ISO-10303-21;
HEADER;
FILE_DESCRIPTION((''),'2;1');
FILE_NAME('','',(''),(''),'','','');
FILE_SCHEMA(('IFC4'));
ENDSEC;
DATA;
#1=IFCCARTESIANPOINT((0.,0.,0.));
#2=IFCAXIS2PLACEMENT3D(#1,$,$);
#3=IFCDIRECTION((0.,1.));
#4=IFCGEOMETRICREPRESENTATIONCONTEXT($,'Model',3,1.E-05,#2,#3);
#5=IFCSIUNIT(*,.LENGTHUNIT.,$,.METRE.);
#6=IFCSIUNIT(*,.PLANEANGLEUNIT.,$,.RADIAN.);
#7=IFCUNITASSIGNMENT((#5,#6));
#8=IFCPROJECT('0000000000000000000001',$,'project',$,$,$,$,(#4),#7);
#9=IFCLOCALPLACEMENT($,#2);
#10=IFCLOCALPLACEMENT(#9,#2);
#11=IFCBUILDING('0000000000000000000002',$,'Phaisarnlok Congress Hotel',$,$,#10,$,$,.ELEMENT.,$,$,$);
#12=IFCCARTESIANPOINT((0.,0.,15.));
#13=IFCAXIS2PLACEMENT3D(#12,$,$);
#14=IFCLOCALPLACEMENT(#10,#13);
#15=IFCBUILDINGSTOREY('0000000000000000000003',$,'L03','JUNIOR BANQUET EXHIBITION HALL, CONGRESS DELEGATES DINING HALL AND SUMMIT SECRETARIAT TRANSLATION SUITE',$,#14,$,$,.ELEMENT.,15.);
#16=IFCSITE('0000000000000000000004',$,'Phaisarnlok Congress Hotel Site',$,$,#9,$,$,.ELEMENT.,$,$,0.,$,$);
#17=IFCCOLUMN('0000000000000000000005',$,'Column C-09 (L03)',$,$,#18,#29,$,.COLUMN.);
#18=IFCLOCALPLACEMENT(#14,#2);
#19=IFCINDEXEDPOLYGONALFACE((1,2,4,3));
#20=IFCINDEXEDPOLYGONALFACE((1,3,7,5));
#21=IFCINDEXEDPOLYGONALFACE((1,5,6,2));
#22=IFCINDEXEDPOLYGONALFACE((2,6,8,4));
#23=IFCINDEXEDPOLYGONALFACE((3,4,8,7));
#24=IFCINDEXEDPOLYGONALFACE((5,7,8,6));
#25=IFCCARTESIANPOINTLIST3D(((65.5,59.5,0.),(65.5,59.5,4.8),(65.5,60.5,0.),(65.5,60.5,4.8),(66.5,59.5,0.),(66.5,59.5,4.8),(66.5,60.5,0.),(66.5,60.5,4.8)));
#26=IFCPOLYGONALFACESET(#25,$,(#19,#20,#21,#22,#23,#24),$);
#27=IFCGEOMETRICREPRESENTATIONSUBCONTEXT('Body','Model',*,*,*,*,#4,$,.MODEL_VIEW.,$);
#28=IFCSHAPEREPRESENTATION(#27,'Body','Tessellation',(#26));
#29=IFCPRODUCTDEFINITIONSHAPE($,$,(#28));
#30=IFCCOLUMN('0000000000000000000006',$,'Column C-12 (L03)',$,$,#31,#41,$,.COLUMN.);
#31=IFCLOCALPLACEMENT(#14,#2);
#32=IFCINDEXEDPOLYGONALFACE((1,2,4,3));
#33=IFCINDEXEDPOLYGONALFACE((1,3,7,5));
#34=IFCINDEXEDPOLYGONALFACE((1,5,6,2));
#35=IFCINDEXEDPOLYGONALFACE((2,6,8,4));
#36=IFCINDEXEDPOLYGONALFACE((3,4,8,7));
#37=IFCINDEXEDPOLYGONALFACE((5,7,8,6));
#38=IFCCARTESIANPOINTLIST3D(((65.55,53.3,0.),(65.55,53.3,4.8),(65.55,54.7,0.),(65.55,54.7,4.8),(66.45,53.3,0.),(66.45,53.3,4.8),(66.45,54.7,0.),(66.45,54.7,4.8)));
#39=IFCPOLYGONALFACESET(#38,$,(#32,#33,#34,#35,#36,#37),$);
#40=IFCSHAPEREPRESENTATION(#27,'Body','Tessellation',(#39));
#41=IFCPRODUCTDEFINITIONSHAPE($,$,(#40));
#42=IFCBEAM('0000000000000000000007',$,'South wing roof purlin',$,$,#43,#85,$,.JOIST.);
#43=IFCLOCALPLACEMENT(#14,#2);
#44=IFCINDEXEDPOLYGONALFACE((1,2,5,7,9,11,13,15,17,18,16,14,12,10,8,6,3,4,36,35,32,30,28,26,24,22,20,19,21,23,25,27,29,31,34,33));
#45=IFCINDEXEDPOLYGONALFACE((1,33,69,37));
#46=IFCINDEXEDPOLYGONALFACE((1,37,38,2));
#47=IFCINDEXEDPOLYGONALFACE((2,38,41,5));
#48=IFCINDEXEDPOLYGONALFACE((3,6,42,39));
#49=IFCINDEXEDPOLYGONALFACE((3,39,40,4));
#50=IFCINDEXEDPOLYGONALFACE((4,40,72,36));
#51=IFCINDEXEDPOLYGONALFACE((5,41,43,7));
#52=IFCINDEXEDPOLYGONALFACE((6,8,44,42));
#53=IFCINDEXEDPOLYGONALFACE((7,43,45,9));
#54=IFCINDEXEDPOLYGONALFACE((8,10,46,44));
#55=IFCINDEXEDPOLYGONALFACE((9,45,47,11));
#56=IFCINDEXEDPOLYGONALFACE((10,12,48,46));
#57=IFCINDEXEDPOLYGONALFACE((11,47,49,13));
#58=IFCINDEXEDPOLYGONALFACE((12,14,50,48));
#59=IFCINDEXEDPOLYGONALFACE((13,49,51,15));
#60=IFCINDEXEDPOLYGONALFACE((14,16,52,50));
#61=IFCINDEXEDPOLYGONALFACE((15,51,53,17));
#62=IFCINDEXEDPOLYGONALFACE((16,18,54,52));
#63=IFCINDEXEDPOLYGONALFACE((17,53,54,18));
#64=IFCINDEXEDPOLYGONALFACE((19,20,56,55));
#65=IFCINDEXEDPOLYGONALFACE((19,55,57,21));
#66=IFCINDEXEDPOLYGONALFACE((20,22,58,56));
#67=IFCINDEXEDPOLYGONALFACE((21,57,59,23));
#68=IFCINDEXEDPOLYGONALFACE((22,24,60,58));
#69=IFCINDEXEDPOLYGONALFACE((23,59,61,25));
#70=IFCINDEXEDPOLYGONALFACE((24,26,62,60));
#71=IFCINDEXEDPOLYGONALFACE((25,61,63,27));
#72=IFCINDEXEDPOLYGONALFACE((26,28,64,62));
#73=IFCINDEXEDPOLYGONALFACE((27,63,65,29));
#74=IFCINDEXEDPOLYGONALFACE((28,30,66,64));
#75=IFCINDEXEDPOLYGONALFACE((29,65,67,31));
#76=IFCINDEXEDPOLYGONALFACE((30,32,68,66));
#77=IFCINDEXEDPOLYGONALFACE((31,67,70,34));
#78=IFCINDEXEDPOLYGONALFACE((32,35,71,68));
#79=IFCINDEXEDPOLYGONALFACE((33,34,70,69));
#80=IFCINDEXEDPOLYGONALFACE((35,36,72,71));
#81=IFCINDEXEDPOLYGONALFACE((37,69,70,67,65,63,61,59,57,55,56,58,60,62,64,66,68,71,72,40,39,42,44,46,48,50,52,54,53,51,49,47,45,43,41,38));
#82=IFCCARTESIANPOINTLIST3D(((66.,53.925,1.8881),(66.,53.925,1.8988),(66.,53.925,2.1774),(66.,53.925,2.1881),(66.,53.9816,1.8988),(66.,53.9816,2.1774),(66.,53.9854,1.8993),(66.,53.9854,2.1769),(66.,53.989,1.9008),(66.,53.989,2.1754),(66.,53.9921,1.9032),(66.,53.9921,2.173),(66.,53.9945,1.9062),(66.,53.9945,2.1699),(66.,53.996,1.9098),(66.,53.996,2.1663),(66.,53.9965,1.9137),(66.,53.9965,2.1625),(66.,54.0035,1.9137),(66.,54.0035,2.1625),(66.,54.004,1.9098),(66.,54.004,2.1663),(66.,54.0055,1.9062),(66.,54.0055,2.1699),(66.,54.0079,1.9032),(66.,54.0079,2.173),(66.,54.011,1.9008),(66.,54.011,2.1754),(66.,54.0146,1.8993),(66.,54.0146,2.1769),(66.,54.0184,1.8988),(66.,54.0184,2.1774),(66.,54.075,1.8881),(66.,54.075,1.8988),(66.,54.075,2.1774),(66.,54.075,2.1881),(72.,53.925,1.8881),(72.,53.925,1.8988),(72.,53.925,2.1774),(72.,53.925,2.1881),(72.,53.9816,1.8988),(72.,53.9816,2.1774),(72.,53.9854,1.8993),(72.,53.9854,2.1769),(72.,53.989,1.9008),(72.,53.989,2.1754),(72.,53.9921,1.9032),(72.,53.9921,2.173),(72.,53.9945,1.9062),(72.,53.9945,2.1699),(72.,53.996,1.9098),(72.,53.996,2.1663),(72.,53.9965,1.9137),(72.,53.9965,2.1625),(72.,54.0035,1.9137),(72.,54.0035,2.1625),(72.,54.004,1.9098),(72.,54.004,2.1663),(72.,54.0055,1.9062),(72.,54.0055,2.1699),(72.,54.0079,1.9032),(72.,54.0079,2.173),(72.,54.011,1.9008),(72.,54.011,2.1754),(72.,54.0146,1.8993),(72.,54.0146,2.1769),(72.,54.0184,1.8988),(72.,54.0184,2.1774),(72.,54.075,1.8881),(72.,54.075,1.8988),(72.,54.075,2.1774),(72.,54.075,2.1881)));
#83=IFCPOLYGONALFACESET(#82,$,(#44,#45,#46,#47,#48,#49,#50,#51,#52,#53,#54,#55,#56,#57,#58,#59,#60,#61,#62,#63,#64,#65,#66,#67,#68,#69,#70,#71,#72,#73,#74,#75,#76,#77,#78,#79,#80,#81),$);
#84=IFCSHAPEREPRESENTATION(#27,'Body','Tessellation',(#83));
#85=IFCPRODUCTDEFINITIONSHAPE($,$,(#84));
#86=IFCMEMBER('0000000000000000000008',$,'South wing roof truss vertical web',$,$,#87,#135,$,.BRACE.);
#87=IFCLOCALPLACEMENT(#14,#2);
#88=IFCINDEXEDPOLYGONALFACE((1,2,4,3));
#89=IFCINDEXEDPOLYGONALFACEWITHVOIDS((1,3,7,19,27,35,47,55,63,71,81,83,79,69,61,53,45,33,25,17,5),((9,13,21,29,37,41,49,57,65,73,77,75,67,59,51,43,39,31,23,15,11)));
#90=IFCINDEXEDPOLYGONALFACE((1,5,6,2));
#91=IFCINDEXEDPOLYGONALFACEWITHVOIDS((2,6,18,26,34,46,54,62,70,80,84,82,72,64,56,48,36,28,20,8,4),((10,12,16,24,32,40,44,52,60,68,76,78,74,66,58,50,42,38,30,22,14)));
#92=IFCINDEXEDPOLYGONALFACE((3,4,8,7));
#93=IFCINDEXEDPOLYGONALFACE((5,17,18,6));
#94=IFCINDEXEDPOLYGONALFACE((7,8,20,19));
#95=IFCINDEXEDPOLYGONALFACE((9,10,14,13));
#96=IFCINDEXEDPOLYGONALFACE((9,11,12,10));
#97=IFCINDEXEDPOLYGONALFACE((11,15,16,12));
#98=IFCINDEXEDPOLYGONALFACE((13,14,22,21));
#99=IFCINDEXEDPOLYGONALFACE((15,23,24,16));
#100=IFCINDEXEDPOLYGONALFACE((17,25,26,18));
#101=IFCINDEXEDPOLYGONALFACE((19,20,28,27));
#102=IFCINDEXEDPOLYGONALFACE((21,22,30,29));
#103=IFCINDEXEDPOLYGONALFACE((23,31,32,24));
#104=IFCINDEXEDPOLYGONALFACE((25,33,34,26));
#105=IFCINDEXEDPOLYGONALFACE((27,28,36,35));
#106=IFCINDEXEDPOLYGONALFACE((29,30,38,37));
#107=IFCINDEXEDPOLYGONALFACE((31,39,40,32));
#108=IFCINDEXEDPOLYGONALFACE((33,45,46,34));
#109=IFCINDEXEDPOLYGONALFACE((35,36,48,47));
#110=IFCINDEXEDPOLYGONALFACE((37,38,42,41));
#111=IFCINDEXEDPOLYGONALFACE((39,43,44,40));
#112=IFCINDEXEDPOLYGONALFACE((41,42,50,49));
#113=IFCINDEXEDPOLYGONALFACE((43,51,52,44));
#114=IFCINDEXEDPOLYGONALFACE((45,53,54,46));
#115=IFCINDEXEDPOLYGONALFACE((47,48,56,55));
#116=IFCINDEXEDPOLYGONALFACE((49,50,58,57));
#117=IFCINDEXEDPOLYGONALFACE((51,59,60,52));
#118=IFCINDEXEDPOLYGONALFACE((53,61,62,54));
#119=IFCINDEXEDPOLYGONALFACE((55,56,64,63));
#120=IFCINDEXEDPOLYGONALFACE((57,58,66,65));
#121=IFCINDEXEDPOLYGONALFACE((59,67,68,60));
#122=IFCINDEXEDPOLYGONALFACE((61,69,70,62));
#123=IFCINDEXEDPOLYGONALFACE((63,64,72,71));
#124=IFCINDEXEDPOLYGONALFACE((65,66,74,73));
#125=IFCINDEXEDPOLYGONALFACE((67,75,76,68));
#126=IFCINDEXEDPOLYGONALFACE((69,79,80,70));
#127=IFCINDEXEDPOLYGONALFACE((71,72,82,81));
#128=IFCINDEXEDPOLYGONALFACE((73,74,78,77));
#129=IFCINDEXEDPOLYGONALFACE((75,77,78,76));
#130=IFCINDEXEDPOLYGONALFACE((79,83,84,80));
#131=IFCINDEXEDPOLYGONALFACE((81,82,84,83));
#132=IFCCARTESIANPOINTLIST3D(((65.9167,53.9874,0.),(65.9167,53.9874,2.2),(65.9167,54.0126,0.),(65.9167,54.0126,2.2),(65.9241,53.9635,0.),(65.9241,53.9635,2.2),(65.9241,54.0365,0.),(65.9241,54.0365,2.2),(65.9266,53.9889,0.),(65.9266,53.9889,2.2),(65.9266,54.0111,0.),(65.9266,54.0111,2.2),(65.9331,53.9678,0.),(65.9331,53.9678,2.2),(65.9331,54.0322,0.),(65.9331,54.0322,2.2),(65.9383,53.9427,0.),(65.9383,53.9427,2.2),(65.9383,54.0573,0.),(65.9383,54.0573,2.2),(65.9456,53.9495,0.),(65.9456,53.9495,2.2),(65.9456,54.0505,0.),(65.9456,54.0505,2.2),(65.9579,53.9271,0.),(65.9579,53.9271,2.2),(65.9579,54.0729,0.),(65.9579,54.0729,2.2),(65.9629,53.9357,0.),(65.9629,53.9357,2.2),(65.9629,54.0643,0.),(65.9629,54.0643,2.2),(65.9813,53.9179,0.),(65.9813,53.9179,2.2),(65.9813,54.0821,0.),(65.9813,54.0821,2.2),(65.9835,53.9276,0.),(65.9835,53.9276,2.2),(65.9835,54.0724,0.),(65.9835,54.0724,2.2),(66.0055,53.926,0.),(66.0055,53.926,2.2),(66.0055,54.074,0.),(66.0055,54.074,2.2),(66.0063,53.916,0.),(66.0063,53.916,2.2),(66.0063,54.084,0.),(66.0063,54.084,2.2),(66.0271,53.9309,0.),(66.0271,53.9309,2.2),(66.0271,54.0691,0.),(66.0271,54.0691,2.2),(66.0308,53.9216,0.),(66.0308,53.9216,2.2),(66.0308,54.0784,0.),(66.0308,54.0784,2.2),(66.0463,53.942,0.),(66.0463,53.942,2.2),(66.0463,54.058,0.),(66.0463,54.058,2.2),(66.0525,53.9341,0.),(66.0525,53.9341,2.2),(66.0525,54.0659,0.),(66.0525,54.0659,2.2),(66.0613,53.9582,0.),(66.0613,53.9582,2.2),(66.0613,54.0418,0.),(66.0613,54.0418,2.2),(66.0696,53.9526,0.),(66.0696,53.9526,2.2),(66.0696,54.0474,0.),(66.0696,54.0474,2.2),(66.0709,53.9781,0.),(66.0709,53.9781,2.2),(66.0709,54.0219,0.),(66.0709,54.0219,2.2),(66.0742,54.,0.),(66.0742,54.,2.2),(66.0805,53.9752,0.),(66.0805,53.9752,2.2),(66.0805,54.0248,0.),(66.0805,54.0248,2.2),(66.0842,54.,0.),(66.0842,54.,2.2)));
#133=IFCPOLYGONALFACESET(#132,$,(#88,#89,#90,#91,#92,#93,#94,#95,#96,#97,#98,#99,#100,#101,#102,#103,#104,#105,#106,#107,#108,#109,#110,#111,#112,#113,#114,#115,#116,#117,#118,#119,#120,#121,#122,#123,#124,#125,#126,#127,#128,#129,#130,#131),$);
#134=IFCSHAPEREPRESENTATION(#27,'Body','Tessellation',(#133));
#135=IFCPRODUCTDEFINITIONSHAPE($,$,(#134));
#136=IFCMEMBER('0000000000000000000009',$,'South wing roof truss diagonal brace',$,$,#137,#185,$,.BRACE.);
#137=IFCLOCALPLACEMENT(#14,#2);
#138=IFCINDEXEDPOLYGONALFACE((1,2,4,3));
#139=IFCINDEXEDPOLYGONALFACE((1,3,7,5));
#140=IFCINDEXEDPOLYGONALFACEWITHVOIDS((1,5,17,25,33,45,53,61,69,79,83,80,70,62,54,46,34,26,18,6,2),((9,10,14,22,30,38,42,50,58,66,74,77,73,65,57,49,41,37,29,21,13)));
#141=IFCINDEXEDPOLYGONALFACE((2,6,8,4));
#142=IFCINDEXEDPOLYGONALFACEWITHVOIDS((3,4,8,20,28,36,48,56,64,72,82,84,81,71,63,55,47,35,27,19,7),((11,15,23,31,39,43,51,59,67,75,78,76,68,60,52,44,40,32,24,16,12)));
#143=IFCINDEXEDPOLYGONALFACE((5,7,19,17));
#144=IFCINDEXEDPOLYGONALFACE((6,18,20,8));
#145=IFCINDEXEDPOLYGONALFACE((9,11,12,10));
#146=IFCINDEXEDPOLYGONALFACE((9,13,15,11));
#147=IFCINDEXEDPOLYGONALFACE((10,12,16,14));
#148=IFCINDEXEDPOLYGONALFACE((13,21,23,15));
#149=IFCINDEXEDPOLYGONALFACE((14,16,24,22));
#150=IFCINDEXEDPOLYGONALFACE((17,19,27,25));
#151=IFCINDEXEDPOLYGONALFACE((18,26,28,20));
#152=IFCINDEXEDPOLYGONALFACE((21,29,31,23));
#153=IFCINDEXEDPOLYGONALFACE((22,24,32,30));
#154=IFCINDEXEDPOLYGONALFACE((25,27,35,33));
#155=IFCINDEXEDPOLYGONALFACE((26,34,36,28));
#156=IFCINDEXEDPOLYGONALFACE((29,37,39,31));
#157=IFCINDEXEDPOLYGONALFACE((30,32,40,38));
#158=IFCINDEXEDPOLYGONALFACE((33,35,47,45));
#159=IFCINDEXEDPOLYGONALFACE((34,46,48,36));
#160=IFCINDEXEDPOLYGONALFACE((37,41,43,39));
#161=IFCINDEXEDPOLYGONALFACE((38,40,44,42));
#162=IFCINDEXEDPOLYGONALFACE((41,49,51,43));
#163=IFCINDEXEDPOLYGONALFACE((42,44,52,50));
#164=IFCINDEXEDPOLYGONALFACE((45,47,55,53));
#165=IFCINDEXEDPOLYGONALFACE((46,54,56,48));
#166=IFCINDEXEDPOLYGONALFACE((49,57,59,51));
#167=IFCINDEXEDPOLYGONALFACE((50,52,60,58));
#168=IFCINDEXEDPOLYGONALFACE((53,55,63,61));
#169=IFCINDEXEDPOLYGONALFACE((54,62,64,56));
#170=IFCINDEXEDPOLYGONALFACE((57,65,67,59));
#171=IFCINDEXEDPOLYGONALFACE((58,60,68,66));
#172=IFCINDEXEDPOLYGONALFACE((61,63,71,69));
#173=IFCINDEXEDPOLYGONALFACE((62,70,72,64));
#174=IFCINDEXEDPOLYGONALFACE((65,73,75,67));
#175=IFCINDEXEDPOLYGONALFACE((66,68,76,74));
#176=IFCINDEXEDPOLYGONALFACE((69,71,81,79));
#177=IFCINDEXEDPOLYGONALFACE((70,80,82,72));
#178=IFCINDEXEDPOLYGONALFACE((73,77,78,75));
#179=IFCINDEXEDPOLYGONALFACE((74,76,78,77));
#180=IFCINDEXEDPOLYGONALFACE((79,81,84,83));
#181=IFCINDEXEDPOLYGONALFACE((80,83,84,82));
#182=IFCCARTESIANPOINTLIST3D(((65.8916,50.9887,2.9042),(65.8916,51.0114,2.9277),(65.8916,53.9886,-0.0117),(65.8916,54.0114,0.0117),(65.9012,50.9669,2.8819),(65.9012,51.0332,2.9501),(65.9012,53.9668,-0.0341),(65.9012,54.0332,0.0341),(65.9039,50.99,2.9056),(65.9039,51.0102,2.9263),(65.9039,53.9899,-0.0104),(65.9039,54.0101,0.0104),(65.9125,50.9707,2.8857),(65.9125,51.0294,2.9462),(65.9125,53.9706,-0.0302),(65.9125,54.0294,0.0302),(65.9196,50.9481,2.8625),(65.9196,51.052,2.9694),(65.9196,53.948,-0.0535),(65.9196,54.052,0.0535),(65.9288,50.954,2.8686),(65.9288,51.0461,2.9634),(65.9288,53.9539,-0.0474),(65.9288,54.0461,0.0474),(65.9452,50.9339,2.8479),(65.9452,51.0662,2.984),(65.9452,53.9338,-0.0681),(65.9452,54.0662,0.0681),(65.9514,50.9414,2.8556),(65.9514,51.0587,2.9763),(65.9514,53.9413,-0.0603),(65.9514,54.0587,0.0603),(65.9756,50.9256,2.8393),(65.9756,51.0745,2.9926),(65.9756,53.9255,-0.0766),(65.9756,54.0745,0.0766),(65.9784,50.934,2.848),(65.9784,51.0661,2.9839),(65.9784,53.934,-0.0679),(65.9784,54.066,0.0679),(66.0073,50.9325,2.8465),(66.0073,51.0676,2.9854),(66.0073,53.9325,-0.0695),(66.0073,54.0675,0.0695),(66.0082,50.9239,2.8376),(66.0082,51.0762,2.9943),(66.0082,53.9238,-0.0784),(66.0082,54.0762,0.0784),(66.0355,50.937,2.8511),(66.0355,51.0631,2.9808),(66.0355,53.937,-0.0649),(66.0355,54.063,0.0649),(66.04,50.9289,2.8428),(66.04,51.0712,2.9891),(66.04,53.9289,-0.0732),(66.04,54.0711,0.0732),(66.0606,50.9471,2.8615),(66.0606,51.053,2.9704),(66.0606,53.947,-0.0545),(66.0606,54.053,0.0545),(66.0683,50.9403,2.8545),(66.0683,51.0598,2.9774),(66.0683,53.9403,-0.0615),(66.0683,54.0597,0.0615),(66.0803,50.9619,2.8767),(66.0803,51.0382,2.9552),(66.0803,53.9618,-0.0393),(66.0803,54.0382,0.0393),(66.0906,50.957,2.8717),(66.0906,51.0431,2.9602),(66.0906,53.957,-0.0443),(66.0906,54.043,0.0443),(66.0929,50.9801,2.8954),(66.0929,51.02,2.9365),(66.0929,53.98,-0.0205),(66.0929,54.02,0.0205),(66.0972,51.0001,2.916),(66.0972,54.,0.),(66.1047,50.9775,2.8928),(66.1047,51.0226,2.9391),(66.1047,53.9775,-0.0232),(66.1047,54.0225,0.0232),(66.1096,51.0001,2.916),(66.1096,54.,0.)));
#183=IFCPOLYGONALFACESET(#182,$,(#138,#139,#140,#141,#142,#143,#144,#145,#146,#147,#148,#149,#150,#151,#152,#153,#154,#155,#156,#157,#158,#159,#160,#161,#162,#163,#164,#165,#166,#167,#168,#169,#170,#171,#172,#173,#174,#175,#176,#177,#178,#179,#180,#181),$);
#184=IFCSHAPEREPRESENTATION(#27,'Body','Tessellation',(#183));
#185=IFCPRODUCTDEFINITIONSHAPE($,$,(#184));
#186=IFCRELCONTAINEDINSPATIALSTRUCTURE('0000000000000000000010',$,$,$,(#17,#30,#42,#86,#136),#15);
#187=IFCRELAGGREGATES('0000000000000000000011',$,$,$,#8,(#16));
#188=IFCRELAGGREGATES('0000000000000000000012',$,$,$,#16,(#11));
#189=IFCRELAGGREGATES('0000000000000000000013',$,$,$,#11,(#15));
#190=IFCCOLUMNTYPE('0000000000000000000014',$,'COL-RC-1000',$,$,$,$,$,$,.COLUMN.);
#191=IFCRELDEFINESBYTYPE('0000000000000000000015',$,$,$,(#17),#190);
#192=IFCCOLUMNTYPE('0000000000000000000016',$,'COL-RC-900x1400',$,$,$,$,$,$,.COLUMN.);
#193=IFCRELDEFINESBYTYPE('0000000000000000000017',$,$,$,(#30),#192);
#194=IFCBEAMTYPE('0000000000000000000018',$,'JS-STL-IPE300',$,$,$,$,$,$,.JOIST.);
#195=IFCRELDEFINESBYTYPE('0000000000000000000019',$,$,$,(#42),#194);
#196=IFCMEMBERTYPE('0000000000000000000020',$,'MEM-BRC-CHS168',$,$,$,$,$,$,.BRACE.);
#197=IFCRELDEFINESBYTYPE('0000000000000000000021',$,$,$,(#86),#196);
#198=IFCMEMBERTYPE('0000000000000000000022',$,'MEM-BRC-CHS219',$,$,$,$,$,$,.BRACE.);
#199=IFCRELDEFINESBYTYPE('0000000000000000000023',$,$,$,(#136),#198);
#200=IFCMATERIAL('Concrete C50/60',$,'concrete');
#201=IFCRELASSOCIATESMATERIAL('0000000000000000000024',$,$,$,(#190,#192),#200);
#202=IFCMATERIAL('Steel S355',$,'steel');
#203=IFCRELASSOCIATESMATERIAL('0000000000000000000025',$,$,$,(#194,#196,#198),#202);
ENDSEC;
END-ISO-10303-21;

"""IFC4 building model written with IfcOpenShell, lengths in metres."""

from ifc_helpers import new_model, si_unit, direction, frame, origin, origin_2d, place, context, subcontext, project, spatial, rectangle, hollow_circle, i_section, extrude, material, material_profile, profile_set, type_object, element, save


model = new_model("IFC4")

# Units and contexts
model_context = context("Model", 3, precision=1e-05, world=origin(), true_north=direction((0.0, 1.0)))
body_context = subcontext(model_context, "Body", "Model", "MODEL_VIEW")
ifc_project = project(units=[si_unit("LENGTHUNIT", "METRE"), si_unit("PLANEANGLEUNIT", "RADIAN")], contexts=[model_context])

# Site, building, storey
site_placement = place(None, origin())
site = spatial("IfcSite", under=ifc_project, at=site_placement, Name="Phaisarnlok Congress Hotel Site", CompositionType="ELEMENT", RefElevation=0.0)
building_placement = place(site_placement, origin())
building = spatial("IfcBuilding", under=site, at=building_placement, Name="Phaisarnlok Congress Hotel", CompositionType="ELEMENT")
storey_placement = place(building_placement, frame((0.0, 0.0, 15.0)))
storey = spatial("IfcBuildingStorey", under=building, at=storey_placement, Name="L03", Description="JUNIOR BANQUET EXHIBITION HALL, CONGRESS DELEGATES DINING HALL AND SUMMIT SECRETARIAT TRANSLATION SUITE", CompositionType="ELEMENT", Elevation=15.0)

# Columns
ifc_material_1 = material(Name="Concrete C50/60", Category="concrete")
ifc_material_profile_1 = material_profile(ifc_material_1, rectangle(XDim=1.0, YDim=1.0, at=origin_2d()), Name="RC 1000x1000")
ifc_profile_set_1 = profile_set([ifc_material_profile_1], Name="Concrete C50/60")
column_type_1 = type_object("IfcColumnType", Name="COL-RC-1000", PredefinedType="COLUMN", material=ifc_profile_set_1)
column_1_placement = place(storey_placement, frame((66.0, 60.0, 0.0), z_axis=(0.0, 0.0, 1.0), x_axis=(1.0, 0.0, 0.0)))
element("IfcColumn", 1, at=column_1_placement, inside=storey, type_object=column_type_1, Name="Column C-09 (L03)", PredefinedType="COLUMN", context=body_context, shape_type="SweptSolid", body=[
    extrude(rectangle(XDim=1.0, YDim=1.0, at=origin_2d()), origin(), (0.0, 0.0, 1.0), 4.8),
])
ifc_material_profile_2 = material_profile(ifc_material_1, rectangle(XDim=0.8999, YDim=1.3999, at=origin_2d()), Name="RC 900x1400")
ifc_profile_set_2 = profile_set([ifc_material_profile_2], Name="Concrete C50/60")
column_type_2 = type_object("IfcColumnType", Name="COL-RC-900x1400", PredefinedType="COLUMN", material=ifc_profile_set_2)
column_2_placement = place(storey_placement, frame((66.0, 54.0, 0.0), z_axis=(0.0, 0.0, 1.0), x_axis=(1.0, 0.0, 0.0)))
element("IfcColumn", 2, at=column_2_placement, inside=storey, type_object=column_type_2, Name="Column C-12 (L03)", PredefinedType="COLUMN", context=body_context, shape_type="SweptSolid", body=[
    extrude(rectangle(XDim=0.8999, YDim=1.3999, at=origin_2d()), origin(), (0.0, 0.0, 1.0), 4.8),
])

# Beam
ifc_material_2 = material(Name="Steel S355", Category="steel")
ifc_material_profile_3 = material_profile(ifc_material_2, i_section(OverallWidth=0.1499, OverallDepth=0.3, WebThickness=0.0071, FlangeThickness=0.0107, FilletRadius=0.0149, at=origin_2d()), Name="IPE 300")
ifc_profile_set_3 = profile_set([ifc_material_profile_3], Name="Steel S355")
beam_type_1 = type_object("IfcBeamType", Name="JS-STL-IPE300", PredefinedType="JOIST", material=ifc_profile_set_3)
beam_1_placement = place(storey_placement, frame((66.0, 54.0, 2.0381), z_axis=(1.0, 0.0, 0.0), x_axis=(0.0, 1.0, 0.0)))
element("IfcBeam", 3, at=beam_1_placement, inside=storey, type_object=beam_type_1, Name="South wing roof purlin", PredefinedType="JOIST", context=body_context, shape_type="SweptSolid", body=[
    extrude(i_section(OverallWidth=0.1499, OverallDepth=0.3, WebThickness=0.0071, FlangeThickness=0.0107, FilletRadius=0.0149, at=origin_2d()), origin(), (0.0, 0.0, 1.0), 6.0),
])

# Members
ifc_material_profile_4 = material_profile(ifc_material_2, hollow_circle(Radius=0.0842, WallThickness=0.01, at=origin_2d()), Name="CHS 168.3x10")
ifc_profile_set_4 = profile_set([ifc_material_profile_4], Name="Steel S355")
member_type_1 = type_object("IfcMemberType", Name="MEM-BRC-CHS168", PredefinedType="BRACE", material=ifc_profile_set_4)
member_1_placement = place(storey_placement, frame((66.0, 54.0, 0.0), z_axis=(0.0, 0.0, 1.0), x_axis=(1.0, 0.0, 0.0)))
element("IfcMember", 4, at=member_1_placement, inside=storey, type_object=member_type_1, Name="South wing roof truss vertical web", PredefinedType="BRACE", context=body_context, shape_type="SweptSolid", body=[
    extrude(hollow_circle(Radius=0.0842, WallThickness=0.01, at=origin_2d()), origin(), (0.0, 0.0, 1.0), 2.2),
])
ifc_material_profile_5 = material_profile(ifc_material_2, hollow_circle(Radius=0.1096, WallThickness=0.0125, at=origin_2d()), Name="CHS 219.1x12.5")
ifc_profile_set_5 = profile_set([ifc_material_profile_5], Name="Steel S355")
member_type_2 = type_object("IfcMemberType", Name="MEM-BRC-CHS219", PredefinedType="BRACE", material=ifc_profile_set_5)
member_2_placement = place(storey_placement, frame((66.0, 54.0, 0.0), z_axis=(0.0, -0.717073, 0.696998), x_axis=(1.0, 0.0, 0.0)))
element("IfcMember", 5, at=member_2_placement, inside=storey, type_object=member_type_2, Name="South wing roof truss diagonal brace", PredefinedType="BRACE", context=body_context, shape_type="SweptSolid", body=[
    extrude(hollow_circle(Radius=0.1096, WallThickness=0.0125, at=origin_2d()), origin(), (0.0, 0.0, 1.0), 4.1836),
])

save(model, "model.ifc")
